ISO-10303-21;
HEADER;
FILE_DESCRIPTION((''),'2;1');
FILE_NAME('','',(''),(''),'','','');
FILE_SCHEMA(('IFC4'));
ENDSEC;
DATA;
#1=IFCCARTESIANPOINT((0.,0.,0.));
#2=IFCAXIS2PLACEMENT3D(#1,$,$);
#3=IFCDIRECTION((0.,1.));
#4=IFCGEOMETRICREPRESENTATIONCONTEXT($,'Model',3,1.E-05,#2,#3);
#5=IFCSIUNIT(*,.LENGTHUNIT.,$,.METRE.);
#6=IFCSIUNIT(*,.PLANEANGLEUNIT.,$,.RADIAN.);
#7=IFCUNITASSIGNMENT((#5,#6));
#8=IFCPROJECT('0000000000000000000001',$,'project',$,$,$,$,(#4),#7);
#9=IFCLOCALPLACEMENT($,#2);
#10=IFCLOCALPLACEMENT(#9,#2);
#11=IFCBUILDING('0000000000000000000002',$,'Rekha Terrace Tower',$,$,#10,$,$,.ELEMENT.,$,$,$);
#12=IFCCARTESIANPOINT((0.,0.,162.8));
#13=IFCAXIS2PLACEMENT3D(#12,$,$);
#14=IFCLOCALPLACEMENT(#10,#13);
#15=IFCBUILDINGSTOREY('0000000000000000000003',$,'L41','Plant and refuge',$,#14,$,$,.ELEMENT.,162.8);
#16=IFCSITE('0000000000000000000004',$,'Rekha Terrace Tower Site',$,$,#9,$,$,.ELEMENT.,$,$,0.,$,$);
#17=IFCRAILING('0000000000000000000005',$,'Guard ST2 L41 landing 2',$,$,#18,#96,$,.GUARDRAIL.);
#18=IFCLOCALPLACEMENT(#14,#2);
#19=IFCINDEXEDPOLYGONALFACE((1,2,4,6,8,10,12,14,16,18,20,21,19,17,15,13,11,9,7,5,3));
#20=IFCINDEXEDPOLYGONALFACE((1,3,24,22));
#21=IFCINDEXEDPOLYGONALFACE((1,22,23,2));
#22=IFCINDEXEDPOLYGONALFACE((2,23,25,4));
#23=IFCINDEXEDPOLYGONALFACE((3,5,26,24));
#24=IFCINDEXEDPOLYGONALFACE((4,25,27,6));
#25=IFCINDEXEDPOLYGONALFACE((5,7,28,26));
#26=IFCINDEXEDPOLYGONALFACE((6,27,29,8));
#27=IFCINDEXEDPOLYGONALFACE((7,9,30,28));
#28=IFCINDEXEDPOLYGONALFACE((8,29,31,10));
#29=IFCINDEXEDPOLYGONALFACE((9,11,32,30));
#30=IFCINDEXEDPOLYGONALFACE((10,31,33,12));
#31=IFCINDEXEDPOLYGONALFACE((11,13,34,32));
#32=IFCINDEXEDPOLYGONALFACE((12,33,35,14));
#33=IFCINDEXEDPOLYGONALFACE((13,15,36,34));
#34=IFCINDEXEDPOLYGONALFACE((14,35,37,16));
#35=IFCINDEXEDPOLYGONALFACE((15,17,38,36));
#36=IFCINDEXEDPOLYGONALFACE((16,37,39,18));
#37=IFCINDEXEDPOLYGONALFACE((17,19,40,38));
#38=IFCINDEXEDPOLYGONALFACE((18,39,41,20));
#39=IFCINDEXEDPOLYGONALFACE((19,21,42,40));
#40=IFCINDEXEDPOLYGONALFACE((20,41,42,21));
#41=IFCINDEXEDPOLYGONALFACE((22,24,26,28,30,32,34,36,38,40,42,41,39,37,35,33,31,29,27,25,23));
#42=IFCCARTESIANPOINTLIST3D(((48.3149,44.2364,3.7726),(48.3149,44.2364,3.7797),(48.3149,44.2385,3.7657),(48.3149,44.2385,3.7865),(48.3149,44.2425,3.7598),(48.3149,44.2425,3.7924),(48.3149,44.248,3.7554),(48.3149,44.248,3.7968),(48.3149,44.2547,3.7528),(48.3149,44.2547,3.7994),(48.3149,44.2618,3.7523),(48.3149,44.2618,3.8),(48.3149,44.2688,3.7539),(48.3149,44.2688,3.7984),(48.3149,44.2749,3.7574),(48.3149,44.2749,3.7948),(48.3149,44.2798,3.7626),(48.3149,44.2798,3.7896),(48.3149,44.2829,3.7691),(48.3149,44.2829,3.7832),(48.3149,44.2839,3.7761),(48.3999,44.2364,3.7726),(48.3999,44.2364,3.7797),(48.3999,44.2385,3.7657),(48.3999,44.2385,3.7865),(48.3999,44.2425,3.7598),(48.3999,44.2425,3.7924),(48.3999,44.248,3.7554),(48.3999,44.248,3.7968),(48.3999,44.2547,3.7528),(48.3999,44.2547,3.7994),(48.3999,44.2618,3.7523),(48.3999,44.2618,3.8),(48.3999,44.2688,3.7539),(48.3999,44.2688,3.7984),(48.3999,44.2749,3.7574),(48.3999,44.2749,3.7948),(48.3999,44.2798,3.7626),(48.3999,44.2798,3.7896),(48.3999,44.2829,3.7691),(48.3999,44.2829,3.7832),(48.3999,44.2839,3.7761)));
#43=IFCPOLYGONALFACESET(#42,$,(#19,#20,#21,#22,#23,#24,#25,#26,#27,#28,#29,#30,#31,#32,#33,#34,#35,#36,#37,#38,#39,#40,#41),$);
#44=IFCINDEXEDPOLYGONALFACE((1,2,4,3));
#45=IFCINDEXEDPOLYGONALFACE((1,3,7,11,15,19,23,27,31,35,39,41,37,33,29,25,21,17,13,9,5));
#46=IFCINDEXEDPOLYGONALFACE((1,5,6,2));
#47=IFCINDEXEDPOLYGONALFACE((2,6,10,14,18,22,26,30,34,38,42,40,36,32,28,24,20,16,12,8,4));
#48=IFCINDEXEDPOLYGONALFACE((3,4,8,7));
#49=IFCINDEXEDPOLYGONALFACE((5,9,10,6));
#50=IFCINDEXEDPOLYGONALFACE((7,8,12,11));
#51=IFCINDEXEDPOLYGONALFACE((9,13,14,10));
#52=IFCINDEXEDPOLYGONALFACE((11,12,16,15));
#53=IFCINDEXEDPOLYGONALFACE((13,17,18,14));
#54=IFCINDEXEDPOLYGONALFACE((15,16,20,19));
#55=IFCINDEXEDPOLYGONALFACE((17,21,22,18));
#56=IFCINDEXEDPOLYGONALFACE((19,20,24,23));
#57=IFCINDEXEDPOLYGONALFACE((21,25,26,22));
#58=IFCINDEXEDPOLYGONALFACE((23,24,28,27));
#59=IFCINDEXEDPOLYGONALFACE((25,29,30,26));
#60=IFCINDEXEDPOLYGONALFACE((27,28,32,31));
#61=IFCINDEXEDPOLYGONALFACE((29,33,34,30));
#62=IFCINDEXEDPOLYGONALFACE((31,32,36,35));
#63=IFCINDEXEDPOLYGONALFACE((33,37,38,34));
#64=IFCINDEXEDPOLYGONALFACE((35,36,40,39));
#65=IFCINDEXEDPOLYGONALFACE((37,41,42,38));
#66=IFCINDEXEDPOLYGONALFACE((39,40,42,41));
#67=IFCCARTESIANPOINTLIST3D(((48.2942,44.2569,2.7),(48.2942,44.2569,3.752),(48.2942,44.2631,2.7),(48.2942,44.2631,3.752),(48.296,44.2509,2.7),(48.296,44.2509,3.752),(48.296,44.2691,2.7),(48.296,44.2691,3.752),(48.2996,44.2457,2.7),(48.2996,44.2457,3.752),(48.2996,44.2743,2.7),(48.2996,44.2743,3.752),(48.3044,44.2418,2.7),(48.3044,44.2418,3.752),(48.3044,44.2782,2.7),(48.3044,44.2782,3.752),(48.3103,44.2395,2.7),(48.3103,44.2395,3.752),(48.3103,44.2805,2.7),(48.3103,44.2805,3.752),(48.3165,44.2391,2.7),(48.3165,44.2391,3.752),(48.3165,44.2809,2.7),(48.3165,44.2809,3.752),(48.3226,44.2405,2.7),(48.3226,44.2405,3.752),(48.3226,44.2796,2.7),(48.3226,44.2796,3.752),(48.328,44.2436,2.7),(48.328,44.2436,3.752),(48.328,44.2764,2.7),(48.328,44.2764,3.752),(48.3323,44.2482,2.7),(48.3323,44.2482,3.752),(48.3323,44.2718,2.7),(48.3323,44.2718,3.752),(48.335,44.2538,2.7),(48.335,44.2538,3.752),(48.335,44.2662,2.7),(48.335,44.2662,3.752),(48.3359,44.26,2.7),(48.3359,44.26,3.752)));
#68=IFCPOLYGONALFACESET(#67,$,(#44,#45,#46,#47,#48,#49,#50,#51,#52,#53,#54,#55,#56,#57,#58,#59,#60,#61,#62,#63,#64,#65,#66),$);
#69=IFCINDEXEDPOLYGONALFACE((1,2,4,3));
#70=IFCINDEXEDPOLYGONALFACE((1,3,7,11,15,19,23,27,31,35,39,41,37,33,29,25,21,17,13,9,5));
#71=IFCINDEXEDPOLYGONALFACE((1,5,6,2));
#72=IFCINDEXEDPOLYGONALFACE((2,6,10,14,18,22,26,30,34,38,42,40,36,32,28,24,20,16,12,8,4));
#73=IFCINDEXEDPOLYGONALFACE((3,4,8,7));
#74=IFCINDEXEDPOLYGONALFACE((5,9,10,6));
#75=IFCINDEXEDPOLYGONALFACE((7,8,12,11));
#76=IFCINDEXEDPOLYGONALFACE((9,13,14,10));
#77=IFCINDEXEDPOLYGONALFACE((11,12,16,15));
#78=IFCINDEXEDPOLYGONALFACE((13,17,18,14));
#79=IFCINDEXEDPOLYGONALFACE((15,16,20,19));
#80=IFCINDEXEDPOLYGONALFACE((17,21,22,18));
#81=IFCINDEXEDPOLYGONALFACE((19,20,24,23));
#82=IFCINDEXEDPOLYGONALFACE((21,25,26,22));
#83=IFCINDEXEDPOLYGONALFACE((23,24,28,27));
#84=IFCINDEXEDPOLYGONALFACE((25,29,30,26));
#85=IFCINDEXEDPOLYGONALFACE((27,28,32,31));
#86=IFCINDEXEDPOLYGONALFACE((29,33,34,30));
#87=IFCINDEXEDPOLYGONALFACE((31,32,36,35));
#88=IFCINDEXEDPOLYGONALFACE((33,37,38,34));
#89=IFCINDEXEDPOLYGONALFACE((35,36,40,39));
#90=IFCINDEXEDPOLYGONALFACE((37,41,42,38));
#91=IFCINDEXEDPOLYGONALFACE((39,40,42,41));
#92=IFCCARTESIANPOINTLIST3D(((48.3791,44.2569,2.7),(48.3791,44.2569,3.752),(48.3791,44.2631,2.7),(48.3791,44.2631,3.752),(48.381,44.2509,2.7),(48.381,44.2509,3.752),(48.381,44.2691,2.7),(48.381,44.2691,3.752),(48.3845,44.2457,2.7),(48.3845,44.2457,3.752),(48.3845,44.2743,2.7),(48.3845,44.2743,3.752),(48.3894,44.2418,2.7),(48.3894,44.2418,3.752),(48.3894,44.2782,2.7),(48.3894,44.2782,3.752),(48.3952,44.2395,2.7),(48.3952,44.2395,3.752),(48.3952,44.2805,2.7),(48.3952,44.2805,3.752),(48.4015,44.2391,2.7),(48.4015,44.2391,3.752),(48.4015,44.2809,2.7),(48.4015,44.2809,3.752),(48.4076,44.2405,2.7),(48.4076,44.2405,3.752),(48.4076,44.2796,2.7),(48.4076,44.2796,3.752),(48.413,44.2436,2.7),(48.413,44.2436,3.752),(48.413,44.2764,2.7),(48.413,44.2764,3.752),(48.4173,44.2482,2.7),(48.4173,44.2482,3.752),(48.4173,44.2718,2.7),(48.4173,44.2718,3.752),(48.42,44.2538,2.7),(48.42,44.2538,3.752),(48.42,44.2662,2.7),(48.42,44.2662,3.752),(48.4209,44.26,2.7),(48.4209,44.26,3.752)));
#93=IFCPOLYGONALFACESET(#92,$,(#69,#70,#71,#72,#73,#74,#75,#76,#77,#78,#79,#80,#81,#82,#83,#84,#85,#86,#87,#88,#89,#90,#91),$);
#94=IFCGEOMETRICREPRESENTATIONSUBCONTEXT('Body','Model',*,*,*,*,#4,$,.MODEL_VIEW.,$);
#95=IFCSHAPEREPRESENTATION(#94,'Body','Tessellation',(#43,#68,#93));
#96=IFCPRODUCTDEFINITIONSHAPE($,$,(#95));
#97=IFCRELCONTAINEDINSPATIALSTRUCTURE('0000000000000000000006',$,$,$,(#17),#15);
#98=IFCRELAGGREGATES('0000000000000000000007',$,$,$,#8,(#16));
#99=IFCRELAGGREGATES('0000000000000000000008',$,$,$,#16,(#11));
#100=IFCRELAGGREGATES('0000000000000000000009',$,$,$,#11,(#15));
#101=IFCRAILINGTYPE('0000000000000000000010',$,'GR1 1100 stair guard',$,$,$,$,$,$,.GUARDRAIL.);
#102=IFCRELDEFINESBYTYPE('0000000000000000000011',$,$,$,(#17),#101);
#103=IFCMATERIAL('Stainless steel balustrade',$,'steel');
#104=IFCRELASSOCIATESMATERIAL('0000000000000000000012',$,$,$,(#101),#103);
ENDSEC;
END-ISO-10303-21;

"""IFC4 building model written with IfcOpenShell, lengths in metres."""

from ifc_helpers import new_model, si_unit, direction, frame, origin, origin_2d, place, context, subcontext, project, spatial, circle, extrude, material, type_object, element, save


model = new_model("IFC4")

# Units and contexts
model_context = context("Model", 3, precision=1e-05, world=origin(), true_north=direction((0.0, 1.0)))
body_context = subcontext(model_context, "Body", "Model", "MODEL_VIEW")
ifc_project = project(units=[si_unit("LENGTHUNIT", "METRE"), si_unit("PLANEANGLEUNIT", "RADIAN")], contexts=[model_context])

# Site, building, storey
site_placement = place(None, origin())
site = spatial("IfcSite", under=ifc_project, at=site_placement, Name="Rekha Terrace Tower Site", CompositionType="ELEMENT", RefElevation=0.0)
building_placement = place(site_placement, origin())
building = spatial("IfcBuilding", under=site, at=building_placement, Name="Rekha Terrace Tower", CompositionType="ELEMENT")
storey_placement = place(building_placement, frame((0.0, 0.0, 162.8)))
storey = spatial("IfcBuildingStorey", under=building, at=storey_placement, Name="L41", Description="Plant and refuge", CompositionType="ELEMENT", Elevation=162.8)

# Railing
ifc_material_1 = material(Name="Stainless steel balustrade", Category="steel")
railing_type_1 = type_object("IfcRailingType", Name="GR1 1100 stair guard", PredefinedType="GUARDRAIL", material=ifc_material_1)
railing_1_placement = place(storey_placement, frame((48.3149, 44.26, 2.7)))
element("IfcRailing", 1, at=railing_1_placement, inside=storey, type_object=railing_type_1, Name="Guard ST2 L41 landing 2", PredefinedType="GUARDRAIL", context=body_context, shape_type="SweptSolid", body=[
    extrude(circle(Radius=0.0239, at=origin_2d()), frame((0.0, 0.0, 1.0762), z_axis=(1.0, 0.0, 0.0), x_axis=(0.0, 1.0, 0.0)), (0.0, 0.0, 1.0), 0.085),
    extrude(circle(Radius=0.021, at=origin_2d()), origin(), (0.0, 0.0, 1.0), 1.052),
    extrude(circle(Radius=0.021, at=origin_2d()), frame((0.085, 0.0, 0.0)), (0.0, 0.0, 1.0), 1.052),
])

save(model, "model.ifc")
